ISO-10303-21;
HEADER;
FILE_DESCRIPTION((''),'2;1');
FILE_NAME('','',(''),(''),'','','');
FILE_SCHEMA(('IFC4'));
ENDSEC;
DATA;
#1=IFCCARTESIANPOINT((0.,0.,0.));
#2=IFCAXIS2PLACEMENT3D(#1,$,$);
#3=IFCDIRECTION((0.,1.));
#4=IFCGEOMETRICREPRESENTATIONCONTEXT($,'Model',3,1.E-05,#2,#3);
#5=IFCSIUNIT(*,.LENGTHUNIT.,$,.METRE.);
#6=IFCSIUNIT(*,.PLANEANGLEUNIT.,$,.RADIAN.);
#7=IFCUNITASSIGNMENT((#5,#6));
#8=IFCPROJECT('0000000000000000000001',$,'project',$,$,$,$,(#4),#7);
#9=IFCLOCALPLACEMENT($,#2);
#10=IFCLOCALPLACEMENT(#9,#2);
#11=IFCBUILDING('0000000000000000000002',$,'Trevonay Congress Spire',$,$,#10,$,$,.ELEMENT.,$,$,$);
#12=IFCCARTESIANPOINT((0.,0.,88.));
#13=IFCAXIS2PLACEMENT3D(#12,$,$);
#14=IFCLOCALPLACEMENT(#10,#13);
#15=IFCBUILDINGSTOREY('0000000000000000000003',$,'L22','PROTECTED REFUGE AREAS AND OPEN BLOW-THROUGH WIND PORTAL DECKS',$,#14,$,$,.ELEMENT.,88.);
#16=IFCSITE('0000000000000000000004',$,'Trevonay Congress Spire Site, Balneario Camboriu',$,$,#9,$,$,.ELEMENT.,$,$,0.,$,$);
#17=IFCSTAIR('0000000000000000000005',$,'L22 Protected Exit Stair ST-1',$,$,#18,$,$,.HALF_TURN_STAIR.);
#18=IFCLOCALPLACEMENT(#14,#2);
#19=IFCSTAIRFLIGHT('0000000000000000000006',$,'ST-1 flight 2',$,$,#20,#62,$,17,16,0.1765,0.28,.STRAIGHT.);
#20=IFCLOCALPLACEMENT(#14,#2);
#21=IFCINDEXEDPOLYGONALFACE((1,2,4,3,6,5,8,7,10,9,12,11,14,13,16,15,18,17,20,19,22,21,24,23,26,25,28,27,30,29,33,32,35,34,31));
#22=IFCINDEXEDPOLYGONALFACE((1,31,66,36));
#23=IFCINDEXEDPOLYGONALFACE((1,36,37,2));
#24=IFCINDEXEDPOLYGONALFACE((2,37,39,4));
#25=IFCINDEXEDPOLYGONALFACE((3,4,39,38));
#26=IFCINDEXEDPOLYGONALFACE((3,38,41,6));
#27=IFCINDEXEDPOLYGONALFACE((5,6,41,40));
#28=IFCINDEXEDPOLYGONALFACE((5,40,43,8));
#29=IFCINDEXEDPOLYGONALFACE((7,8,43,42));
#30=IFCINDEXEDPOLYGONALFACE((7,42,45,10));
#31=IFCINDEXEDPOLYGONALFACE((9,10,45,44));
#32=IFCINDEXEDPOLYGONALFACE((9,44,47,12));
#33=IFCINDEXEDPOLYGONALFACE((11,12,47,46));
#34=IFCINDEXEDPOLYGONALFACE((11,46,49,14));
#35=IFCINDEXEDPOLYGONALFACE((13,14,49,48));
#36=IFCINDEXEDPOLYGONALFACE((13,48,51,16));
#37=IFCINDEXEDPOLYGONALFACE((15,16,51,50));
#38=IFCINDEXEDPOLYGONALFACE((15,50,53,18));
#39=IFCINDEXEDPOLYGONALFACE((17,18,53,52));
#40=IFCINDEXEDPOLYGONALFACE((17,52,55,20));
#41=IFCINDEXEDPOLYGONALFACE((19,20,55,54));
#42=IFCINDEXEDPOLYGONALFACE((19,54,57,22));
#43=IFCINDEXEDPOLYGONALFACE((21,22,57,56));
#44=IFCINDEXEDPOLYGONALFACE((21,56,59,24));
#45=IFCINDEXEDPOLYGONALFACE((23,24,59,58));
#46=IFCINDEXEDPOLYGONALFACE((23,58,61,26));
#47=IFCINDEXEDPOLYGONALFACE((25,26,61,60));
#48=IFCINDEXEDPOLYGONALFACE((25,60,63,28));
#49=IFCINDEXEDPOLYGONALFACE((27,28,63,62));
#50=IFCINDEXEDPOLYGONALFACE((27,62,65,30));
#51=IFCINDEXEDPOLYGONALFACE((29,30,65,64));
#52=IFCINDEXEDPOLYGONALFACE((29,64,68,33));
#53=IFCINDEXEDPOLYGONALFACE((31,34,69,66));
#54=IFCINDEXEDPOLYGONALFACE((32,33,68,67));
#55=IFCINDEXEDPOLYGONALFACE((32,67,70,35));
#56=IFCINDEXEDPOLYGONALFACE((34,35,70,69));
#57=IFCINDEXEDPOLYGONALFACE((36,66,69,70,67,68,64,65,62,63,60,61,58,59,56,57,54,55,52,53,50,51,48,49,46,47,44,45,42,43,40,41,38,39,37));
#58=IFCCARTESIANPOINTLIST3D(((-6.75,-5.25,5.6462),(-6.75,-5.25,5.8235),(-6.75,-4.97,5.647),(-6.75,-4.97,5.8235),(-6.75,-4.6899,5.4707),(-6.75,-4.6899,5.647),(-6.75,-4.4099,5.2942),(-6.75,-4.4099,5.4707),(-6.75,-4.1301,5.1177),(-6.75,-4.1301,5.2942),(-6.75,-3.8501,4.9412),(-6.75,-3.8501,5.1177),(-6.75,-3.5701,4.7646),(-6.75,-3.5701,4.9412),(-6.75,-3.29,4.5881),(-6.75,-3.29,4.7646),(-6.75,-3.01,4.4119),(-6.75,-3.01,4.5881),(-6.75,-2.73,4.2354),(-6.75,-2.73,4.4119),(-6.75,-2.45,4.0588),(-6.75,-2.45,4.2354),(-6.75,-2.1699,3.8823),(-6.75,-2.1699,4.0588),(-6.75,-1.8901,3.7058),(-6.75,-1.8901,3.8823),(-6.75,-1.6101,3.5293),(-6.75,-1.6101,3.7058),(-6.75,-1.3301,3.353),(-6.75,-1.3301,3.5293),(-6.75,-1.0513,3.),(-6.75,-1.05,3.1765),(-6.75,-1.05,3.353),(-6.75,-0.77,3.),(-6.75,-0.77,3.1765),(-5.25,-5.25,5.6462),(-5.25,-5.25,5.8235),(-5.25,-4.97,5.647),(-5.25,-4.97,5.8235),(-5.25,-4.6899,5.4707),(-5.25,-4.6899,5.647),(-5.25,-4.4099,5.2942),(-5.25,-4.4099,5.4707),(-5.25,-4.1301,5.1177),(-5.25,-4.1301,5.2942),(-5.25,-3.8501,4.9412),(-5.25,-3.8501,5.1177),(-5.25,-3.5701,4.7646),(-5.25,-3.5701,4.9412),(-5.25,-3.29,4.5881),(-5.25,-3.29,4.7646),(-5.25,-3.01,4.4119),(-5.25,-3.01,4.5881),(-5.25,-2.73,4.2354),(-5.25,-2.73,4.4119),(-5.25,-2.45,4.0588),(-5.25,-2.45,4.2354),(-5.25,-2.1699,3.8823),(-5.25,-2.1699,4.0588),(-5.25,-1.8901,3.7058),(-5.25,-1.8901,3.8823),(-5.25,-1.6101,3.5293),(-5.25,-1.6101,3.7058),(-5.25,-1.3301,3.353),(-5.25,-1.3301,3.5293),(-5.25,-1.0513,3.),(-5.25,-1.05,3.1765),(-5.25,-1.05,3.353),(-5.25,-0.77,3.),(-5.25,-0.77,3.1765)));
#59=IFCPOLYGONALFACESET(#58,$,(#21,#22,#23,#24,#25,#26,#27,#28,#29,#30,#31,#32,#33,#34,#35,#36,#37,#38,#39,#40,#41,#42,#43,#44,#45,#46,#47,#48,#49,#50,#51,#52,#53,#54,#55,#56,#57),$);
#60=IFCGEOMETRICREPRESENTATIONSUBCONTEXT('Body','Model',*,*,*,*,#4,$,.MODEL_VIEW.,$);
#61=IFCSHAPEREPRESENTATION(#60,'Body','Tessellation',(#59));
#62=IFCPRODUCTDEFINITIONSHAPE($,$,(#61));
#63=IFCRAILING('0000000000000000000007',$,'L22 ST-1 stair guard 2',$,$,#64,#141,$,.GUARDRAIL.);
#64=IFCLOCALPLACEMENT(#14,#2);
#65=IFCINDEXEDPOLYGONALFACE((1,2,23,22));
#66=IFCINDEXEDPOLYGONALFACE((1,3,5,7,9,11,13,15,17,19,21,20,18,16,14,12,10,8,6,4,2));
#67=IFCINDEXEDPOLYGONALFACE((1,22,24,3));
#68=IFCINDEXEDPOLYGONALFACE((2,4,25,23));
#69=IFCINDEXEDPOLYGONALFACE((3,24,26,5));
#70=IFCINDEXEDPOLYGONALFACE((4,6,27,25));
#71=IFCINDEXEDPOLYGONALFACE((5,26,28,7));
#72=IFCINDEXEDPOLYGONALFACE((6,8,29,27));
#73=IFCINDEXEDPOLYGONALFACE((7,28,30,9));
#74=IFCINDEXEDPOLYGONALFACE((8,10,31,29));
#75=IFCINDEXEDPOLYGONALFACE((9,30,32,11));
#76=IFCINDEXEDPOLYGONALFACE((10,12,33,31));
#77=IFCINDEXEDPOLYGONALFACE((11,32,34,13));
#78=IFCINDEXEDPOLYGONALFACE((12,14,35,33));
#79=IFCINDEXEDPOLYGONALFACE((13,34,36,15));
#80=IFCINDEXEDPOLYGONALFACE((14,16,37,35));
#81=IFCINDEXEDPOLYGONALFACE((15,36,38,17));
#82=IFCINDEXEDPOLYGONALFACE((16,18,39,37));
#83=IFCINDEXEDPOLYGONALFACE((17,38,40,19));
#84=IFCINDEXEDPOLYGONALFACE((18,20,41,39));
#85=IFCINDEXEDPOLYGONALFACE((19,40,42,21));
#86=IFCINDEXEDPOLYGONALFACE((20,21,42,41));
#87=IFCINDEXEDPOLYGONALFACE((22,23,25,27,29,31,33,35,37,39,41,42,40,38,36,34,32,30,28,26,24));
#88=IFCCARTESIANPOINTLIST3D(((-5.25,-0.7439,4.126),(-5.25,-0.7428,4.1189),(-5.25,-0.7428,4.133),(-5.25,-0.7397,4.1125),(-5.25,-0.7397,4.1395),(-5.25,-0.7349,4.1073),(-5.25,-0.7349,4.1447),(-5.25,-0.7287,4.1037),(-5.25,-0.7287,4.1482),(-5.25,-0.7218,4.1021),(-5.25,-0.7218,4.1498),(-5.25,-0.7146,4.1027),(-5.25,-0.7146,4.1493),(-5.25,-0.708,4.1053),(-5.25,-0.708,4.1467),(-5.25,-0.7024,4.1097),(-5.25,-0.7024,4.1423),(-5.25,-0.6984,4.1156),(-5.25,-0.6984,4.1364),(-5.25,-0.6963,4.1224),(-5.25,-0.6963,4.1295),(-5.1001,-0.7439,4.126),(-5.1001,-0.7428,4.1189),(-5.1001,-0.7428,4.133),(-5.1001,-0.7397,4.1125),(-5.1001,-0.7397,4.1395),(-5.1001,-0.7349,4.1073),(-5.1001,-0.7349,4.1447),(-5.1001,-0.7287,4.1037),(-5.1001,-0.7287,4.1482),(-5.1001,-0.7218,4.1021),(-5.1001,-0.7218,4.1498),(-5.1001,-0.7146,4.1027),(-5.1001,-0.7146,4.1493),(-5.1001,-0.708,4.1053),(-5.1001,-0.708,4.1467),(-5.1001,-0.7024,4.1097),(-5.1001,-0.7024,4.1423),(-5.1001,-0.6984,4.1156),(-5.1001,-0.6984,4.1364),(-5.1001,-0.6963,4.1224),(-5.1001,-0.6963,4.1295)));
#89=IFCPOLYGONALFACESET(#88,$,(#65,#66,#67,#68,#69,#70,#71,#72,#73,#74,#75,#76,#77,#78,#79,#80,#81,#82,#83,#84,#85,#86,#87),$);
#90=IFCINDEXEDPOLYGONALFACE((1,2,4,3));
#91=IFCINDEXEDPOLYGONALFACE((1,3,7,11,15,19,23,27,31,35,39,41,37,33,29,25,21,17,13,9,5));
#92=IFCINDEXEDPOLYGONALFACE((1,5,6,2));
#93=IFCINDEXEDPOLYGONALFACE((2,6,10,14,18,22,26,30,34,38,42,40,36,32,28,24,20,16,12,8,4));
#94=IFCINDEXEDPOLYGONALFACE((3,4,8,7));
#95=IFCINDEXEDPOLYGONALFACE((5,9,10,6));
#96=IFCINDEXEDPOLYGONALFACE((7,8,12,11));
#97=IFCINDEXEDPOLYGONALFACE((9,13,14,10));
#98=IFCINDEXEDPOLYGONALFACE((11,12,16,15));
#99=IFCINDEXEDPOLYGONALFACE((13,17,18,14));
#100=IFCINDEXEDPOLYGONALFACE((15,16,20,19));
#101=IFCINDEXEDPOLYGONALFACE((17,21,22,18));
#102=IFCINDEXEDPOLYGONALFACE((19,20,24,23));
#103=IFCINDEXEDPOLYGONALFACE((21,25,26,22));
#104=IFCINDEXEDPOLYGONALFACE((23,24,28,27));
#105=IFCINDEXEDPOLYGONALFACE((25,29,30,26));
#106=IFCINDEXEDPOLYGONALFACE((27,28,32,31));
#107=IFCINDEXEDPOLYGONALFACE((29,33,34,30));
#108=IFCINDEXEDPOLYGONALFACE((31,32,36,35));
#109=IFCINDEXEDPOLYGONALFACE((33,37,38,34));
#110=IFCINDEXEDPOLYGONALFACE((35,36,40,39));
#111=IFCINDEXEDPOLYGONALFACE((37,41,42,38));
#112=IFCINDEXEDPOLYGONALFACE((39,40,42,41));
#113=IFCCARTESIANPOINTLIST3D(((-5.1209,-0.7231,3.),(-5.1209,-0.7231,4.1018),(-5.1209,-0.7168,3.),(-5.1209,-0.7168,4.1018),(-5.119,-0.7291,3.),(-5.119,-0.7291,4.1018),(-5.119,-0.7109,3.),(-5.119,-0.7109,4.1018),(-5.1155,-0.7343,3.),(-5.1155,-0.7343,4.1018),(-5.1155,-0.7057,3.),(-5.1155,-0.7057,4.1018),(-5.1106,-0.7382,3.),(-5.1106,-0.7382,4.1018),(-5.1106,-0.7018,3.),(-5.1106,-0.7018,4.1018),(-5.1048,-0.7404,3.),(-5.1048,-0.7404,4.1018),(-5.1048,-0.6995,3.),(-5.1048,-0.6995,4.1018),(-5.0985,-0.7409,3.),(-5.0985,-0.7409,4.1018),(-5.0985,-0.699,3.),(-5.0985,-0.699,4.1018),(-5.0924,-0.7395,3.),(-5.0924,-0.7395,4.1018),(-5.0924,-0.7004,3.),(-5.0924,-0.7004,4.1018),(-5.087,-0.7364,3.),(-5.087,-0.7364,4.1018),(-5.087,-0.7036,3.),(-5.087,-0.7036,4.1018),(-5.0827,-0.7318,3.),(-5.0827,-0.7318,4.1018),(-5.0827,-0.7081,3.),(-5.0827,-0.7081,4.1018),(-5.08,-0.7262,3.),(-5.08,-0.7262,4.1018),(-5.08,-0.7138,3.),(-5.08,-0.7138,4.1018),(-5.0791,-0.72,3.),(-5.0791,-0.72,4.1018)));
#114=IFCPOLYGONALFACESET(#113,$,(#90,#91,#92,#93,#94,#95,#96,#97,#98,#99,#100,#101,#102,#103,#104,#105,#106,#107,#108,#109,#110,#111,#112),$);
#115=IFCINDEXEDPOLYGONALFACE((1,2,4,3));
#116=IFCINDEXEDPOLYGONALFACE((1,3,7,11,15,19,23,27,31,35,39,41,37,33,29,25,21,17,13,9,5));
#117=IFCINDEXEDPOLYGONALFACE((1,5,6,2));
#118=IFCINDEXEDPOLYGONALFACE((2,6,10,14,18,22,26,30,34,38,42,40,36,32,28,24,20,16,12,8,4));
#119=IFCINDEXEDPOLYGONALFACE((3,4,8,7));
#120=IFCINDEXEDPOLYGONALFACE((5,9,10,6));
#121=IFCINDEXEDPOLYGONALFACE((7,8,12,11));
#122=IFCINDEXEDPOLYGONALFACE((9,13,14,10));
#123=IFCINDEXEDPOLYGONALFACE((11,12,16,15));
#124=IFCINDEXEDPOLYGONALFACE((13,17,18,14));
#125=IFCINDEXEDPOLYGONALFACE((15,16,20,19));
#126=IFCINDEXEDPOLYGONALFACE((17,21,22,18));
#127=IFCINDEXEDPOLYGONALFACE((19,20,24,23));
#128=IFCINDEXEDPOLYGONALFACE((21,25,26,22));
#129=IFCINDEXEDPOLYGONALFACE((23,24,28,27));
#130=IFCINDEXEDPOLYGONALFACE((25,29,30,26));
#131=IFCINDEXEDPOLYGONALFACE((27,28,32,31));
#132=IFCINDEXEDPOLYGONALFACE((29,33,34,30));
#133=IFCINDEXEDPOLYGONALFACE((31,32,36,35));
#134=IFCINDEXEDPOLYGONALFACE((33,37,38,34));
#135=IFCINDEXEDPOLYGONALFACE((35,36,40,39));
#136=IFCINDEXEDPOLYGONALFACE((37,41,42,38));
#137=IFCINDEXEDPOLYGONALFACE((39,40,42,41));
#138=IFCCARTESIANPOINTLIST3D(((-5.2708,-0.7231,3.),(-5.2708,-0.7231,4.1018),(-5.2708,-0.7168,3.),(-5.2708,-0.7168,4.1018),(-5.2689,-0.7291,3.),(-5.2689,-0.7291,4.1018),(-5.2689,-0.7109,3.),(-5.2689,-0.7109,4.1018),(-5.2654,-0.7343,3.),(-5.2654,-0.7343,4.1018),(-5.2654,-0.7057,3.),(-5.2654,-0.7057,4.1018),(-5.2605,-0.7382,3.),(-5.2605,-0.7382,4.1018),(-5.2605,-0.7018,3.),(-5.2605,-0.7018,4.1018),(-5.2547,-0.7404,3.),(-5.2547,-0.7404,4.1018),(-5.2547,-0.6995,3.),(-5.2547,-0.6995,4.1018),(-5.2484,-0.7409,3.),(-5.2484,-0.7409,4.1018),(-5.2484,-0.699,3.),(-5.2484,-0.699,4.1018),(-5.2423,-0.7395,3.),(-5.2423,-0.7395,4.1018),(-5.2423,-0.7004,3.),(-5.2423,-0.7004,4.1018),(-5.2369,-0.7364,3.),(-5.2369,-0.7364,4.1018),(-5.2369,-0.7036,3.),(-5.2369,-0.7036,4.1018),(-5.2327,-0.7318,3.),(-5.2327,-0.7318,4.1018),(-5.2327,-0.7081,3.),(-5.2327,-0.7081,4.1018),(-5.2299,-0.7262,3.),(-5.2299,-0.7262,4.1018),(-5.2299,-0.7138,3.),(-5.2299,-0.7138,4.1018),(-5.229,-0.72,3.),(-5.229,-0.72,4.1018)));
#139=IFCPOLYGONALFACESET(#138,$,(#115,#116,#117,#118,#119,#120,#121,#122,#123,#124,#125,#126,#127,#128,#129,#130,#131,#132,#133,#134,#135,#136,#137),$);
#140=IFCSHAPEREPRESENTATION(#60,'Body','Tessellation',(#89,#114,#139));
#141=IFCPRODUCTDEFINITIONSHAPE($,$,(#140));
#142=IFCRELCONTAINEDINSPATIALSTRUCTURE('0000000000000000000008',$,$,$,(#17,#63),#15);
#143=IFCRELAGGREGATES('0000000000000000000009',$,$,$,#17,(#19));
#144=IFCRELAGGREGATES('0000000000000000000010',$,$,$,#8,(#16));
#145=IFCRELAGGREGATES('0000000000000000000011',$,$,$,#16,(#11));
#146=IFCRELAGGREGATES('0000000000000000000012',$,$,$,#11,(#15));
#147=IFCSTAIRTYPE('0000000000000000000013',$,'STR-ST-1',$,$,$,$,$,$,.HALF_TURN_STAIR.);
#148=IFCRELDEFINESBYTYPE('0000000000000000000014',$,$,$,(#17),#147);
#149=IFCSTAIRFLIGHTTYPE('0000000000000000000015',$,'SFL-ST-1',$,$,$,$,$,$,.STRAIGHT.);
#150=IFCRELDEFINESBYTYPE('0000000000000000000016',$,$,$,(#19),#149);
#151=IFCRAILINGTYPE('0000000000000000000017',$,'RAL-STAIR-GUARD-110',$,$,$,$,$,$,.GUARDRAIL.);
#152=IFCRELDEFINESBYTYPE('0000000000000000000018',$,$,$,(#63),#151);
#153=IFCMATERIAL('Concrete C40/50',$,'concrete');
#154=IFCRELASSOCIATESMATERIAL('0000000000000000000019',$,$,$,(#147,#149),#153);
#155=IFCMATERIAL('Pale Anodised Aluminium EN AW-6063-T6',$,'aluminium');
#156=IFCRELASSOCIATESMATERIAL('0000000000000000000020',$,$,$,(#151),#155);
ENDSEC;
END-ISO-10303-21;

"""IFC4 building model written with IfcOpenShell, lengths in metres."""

from ifc_helpers import new_model, si_unit, direction, frame, origin, origin_2d, place, context, subcontext, project, spatial, polyline, circle, outline, extrude, material, type_object, element, aggregate, save


model = new_model("IFC4")

# Units and contexts
model_context = context("Model", 3, precision=1e-05, world=origin(), true_north=direction((0.0, 1.0)))
body_context = subcontext(model_context, "Body", "Model", "MODEL_VIEW")
ifc_project = project(units=[si_unit("LENGTHUNIT", "METRE"), si_unit("PLANEANGLEUNIT", "RADIAN")], contexts=[model_context])

# Site, building, storey
site_placement = place(None, origin())
site = spatial("IfcSite", under=ifc_project, at=site_placement, Name="Trevonay Congress Spire Site, Balneario Camboriu", CompositionType="ELEMENT", RefElevation=0.0)
building_placement = place(site_placement, origin())
building = spatial("IfcBuilding", under=site, at=building_placement, Name="Trevonay Congress Spire", CompositionType="ELEMENT")
storey_placement = place(building_placement, frame((0.0, 0.0, 88.0)))
storey = spatial("IfcBuildingStorey", under=building, at=storey_placement, Name="L22", Description="PROTECTED REFUGE AREAS AND OPEN BLOW-THROUGH WIND PORTAL DECKS", CompositionType="ELEMENT", Elevation=88.0)

# Shared definitions
ifc_material_1 = material(Name="Concrete C40/50", Category="concrete")
ifc_material_2 = material(Name="Pale Anodised Aluminium EN AW-6063-T6", Category="aluminium")

# Stair, stair flight
stair_type = type_object("IfcStairType", Name="STR-ST-1", PredefinedType="HALF_TURN_STAIR", material=ifc_material_1)
stair_placement = place(storey_placement, origin())
stair = element("IfcStair", 1, at=stair_placement, inside=storey, type_object=stair_type, Name="L22 Protected Exit Stair ST-1", PredefinedType="HALF_TURN_STAIR")
stair_flight_type = type_object("IfcStairFlightType", Name="SFL-ST-1", PredefinedType="STRAIGHT", material=ifc_material_1)
stair_flight_placement = place(storey_placement, frame((-6.0, -0.77, 3.0), z_axis=(0.0, 0.0, 1.0), x_axis=(0.0, -1.0, 0.0)))
stair_flight = element("IfcStairFlight", 2, at=stair_flight_placement, type_object=stair_flight_type, Name="ST-1 flight 2", NumberOfRisers=17, NumberOfTreads=16, PredefinedType="STRAIGHT", RiserHeight=0.1765, TreadLength=0.28, context=body_context, shape_type="SweptSolid", body=[
    extrude(outline(polyline([(0.0, 0.0), (0.0, 0.1765), (0.28, 0.1765), (0.28, 0.353), (0.5601, 0.353), (0.5601, 0.5293), (0.8401, 0.5293), (0.8401, 0.7058), (1.1201, 0.7058), (1.1201, 0.8823), (1.3999, 0.8823), (1.3999, 1.0588), (1.6799, 1.0588), (1.6799, 1.2354), (1.96, 1.2354), (1.96, 1.4119), (2.24, 1.4119), (2.24, 1.5881), (2.52, 1.5881), (2.52, 1.7646), (2.8, 1.7646), (2.8, 1.9412), (3.0801, 1.9412), (3.0801, 2.1177), (3.3601, 2.1177), (3.3601, 2.2942), (3.6399, 2.2942), (3.6399, 2.4707), (3.9199, 2.4707), (3.9199, 2.647), (4.2, 2.647), (4.2, 2.8235), (4.48, 2.8235), (4.48, 3.0), (4.48, 2.6462), (0.2812, 0.0), (0.0, 0.0)])), frame((0.0, 0.75, 0.0), z_axis=(0.0, -1.0, 0.0), x_axis=(1.0, 0.0, 0.0)), (0.0, 0.0, 1.0), 1.5),
])
aggregate(stair, [stair_flight])

# Railing
railing_type = type_object("IfcRailingType", Name="RAL-STAIR-GUARD-110", PredefinedType="GUARDRAIL", material=ifc_material_2)
railing_1_placement = place(storey_placement, frame((-5.1001, -0.72, 3.0)))
element("IfcRailing", 3, at=railing_1_placement, inside=storey, type_object=railing_type, Name="L22 ST-1 stair guard 2", PredefinedType="GUARDRAIL", context=body_context, shape_type="SweptSolid", body=[
    extrude(circle(Radius=0.0239, at=origin_2d()), frame((0.0, 0.0, 1.126), z_axis=(-1.0, 0.0, 0.0), x_axis=(0.0, -1.0, 0.0)), (0.0, 0.0, 1.0), 0.1499),
    extrude(circle(Radius=0.021, at=origin_2d()), origin(), (0.0, 0.0, 1.0), 1.1018),
    extrude(circle(Radius=0.021, at=origin_2d()), frame((-0.1499, 0.0, 0.0)), (0.0, 0.0, 1.0), 1.1018),
])

save(model, "model.ifc")
